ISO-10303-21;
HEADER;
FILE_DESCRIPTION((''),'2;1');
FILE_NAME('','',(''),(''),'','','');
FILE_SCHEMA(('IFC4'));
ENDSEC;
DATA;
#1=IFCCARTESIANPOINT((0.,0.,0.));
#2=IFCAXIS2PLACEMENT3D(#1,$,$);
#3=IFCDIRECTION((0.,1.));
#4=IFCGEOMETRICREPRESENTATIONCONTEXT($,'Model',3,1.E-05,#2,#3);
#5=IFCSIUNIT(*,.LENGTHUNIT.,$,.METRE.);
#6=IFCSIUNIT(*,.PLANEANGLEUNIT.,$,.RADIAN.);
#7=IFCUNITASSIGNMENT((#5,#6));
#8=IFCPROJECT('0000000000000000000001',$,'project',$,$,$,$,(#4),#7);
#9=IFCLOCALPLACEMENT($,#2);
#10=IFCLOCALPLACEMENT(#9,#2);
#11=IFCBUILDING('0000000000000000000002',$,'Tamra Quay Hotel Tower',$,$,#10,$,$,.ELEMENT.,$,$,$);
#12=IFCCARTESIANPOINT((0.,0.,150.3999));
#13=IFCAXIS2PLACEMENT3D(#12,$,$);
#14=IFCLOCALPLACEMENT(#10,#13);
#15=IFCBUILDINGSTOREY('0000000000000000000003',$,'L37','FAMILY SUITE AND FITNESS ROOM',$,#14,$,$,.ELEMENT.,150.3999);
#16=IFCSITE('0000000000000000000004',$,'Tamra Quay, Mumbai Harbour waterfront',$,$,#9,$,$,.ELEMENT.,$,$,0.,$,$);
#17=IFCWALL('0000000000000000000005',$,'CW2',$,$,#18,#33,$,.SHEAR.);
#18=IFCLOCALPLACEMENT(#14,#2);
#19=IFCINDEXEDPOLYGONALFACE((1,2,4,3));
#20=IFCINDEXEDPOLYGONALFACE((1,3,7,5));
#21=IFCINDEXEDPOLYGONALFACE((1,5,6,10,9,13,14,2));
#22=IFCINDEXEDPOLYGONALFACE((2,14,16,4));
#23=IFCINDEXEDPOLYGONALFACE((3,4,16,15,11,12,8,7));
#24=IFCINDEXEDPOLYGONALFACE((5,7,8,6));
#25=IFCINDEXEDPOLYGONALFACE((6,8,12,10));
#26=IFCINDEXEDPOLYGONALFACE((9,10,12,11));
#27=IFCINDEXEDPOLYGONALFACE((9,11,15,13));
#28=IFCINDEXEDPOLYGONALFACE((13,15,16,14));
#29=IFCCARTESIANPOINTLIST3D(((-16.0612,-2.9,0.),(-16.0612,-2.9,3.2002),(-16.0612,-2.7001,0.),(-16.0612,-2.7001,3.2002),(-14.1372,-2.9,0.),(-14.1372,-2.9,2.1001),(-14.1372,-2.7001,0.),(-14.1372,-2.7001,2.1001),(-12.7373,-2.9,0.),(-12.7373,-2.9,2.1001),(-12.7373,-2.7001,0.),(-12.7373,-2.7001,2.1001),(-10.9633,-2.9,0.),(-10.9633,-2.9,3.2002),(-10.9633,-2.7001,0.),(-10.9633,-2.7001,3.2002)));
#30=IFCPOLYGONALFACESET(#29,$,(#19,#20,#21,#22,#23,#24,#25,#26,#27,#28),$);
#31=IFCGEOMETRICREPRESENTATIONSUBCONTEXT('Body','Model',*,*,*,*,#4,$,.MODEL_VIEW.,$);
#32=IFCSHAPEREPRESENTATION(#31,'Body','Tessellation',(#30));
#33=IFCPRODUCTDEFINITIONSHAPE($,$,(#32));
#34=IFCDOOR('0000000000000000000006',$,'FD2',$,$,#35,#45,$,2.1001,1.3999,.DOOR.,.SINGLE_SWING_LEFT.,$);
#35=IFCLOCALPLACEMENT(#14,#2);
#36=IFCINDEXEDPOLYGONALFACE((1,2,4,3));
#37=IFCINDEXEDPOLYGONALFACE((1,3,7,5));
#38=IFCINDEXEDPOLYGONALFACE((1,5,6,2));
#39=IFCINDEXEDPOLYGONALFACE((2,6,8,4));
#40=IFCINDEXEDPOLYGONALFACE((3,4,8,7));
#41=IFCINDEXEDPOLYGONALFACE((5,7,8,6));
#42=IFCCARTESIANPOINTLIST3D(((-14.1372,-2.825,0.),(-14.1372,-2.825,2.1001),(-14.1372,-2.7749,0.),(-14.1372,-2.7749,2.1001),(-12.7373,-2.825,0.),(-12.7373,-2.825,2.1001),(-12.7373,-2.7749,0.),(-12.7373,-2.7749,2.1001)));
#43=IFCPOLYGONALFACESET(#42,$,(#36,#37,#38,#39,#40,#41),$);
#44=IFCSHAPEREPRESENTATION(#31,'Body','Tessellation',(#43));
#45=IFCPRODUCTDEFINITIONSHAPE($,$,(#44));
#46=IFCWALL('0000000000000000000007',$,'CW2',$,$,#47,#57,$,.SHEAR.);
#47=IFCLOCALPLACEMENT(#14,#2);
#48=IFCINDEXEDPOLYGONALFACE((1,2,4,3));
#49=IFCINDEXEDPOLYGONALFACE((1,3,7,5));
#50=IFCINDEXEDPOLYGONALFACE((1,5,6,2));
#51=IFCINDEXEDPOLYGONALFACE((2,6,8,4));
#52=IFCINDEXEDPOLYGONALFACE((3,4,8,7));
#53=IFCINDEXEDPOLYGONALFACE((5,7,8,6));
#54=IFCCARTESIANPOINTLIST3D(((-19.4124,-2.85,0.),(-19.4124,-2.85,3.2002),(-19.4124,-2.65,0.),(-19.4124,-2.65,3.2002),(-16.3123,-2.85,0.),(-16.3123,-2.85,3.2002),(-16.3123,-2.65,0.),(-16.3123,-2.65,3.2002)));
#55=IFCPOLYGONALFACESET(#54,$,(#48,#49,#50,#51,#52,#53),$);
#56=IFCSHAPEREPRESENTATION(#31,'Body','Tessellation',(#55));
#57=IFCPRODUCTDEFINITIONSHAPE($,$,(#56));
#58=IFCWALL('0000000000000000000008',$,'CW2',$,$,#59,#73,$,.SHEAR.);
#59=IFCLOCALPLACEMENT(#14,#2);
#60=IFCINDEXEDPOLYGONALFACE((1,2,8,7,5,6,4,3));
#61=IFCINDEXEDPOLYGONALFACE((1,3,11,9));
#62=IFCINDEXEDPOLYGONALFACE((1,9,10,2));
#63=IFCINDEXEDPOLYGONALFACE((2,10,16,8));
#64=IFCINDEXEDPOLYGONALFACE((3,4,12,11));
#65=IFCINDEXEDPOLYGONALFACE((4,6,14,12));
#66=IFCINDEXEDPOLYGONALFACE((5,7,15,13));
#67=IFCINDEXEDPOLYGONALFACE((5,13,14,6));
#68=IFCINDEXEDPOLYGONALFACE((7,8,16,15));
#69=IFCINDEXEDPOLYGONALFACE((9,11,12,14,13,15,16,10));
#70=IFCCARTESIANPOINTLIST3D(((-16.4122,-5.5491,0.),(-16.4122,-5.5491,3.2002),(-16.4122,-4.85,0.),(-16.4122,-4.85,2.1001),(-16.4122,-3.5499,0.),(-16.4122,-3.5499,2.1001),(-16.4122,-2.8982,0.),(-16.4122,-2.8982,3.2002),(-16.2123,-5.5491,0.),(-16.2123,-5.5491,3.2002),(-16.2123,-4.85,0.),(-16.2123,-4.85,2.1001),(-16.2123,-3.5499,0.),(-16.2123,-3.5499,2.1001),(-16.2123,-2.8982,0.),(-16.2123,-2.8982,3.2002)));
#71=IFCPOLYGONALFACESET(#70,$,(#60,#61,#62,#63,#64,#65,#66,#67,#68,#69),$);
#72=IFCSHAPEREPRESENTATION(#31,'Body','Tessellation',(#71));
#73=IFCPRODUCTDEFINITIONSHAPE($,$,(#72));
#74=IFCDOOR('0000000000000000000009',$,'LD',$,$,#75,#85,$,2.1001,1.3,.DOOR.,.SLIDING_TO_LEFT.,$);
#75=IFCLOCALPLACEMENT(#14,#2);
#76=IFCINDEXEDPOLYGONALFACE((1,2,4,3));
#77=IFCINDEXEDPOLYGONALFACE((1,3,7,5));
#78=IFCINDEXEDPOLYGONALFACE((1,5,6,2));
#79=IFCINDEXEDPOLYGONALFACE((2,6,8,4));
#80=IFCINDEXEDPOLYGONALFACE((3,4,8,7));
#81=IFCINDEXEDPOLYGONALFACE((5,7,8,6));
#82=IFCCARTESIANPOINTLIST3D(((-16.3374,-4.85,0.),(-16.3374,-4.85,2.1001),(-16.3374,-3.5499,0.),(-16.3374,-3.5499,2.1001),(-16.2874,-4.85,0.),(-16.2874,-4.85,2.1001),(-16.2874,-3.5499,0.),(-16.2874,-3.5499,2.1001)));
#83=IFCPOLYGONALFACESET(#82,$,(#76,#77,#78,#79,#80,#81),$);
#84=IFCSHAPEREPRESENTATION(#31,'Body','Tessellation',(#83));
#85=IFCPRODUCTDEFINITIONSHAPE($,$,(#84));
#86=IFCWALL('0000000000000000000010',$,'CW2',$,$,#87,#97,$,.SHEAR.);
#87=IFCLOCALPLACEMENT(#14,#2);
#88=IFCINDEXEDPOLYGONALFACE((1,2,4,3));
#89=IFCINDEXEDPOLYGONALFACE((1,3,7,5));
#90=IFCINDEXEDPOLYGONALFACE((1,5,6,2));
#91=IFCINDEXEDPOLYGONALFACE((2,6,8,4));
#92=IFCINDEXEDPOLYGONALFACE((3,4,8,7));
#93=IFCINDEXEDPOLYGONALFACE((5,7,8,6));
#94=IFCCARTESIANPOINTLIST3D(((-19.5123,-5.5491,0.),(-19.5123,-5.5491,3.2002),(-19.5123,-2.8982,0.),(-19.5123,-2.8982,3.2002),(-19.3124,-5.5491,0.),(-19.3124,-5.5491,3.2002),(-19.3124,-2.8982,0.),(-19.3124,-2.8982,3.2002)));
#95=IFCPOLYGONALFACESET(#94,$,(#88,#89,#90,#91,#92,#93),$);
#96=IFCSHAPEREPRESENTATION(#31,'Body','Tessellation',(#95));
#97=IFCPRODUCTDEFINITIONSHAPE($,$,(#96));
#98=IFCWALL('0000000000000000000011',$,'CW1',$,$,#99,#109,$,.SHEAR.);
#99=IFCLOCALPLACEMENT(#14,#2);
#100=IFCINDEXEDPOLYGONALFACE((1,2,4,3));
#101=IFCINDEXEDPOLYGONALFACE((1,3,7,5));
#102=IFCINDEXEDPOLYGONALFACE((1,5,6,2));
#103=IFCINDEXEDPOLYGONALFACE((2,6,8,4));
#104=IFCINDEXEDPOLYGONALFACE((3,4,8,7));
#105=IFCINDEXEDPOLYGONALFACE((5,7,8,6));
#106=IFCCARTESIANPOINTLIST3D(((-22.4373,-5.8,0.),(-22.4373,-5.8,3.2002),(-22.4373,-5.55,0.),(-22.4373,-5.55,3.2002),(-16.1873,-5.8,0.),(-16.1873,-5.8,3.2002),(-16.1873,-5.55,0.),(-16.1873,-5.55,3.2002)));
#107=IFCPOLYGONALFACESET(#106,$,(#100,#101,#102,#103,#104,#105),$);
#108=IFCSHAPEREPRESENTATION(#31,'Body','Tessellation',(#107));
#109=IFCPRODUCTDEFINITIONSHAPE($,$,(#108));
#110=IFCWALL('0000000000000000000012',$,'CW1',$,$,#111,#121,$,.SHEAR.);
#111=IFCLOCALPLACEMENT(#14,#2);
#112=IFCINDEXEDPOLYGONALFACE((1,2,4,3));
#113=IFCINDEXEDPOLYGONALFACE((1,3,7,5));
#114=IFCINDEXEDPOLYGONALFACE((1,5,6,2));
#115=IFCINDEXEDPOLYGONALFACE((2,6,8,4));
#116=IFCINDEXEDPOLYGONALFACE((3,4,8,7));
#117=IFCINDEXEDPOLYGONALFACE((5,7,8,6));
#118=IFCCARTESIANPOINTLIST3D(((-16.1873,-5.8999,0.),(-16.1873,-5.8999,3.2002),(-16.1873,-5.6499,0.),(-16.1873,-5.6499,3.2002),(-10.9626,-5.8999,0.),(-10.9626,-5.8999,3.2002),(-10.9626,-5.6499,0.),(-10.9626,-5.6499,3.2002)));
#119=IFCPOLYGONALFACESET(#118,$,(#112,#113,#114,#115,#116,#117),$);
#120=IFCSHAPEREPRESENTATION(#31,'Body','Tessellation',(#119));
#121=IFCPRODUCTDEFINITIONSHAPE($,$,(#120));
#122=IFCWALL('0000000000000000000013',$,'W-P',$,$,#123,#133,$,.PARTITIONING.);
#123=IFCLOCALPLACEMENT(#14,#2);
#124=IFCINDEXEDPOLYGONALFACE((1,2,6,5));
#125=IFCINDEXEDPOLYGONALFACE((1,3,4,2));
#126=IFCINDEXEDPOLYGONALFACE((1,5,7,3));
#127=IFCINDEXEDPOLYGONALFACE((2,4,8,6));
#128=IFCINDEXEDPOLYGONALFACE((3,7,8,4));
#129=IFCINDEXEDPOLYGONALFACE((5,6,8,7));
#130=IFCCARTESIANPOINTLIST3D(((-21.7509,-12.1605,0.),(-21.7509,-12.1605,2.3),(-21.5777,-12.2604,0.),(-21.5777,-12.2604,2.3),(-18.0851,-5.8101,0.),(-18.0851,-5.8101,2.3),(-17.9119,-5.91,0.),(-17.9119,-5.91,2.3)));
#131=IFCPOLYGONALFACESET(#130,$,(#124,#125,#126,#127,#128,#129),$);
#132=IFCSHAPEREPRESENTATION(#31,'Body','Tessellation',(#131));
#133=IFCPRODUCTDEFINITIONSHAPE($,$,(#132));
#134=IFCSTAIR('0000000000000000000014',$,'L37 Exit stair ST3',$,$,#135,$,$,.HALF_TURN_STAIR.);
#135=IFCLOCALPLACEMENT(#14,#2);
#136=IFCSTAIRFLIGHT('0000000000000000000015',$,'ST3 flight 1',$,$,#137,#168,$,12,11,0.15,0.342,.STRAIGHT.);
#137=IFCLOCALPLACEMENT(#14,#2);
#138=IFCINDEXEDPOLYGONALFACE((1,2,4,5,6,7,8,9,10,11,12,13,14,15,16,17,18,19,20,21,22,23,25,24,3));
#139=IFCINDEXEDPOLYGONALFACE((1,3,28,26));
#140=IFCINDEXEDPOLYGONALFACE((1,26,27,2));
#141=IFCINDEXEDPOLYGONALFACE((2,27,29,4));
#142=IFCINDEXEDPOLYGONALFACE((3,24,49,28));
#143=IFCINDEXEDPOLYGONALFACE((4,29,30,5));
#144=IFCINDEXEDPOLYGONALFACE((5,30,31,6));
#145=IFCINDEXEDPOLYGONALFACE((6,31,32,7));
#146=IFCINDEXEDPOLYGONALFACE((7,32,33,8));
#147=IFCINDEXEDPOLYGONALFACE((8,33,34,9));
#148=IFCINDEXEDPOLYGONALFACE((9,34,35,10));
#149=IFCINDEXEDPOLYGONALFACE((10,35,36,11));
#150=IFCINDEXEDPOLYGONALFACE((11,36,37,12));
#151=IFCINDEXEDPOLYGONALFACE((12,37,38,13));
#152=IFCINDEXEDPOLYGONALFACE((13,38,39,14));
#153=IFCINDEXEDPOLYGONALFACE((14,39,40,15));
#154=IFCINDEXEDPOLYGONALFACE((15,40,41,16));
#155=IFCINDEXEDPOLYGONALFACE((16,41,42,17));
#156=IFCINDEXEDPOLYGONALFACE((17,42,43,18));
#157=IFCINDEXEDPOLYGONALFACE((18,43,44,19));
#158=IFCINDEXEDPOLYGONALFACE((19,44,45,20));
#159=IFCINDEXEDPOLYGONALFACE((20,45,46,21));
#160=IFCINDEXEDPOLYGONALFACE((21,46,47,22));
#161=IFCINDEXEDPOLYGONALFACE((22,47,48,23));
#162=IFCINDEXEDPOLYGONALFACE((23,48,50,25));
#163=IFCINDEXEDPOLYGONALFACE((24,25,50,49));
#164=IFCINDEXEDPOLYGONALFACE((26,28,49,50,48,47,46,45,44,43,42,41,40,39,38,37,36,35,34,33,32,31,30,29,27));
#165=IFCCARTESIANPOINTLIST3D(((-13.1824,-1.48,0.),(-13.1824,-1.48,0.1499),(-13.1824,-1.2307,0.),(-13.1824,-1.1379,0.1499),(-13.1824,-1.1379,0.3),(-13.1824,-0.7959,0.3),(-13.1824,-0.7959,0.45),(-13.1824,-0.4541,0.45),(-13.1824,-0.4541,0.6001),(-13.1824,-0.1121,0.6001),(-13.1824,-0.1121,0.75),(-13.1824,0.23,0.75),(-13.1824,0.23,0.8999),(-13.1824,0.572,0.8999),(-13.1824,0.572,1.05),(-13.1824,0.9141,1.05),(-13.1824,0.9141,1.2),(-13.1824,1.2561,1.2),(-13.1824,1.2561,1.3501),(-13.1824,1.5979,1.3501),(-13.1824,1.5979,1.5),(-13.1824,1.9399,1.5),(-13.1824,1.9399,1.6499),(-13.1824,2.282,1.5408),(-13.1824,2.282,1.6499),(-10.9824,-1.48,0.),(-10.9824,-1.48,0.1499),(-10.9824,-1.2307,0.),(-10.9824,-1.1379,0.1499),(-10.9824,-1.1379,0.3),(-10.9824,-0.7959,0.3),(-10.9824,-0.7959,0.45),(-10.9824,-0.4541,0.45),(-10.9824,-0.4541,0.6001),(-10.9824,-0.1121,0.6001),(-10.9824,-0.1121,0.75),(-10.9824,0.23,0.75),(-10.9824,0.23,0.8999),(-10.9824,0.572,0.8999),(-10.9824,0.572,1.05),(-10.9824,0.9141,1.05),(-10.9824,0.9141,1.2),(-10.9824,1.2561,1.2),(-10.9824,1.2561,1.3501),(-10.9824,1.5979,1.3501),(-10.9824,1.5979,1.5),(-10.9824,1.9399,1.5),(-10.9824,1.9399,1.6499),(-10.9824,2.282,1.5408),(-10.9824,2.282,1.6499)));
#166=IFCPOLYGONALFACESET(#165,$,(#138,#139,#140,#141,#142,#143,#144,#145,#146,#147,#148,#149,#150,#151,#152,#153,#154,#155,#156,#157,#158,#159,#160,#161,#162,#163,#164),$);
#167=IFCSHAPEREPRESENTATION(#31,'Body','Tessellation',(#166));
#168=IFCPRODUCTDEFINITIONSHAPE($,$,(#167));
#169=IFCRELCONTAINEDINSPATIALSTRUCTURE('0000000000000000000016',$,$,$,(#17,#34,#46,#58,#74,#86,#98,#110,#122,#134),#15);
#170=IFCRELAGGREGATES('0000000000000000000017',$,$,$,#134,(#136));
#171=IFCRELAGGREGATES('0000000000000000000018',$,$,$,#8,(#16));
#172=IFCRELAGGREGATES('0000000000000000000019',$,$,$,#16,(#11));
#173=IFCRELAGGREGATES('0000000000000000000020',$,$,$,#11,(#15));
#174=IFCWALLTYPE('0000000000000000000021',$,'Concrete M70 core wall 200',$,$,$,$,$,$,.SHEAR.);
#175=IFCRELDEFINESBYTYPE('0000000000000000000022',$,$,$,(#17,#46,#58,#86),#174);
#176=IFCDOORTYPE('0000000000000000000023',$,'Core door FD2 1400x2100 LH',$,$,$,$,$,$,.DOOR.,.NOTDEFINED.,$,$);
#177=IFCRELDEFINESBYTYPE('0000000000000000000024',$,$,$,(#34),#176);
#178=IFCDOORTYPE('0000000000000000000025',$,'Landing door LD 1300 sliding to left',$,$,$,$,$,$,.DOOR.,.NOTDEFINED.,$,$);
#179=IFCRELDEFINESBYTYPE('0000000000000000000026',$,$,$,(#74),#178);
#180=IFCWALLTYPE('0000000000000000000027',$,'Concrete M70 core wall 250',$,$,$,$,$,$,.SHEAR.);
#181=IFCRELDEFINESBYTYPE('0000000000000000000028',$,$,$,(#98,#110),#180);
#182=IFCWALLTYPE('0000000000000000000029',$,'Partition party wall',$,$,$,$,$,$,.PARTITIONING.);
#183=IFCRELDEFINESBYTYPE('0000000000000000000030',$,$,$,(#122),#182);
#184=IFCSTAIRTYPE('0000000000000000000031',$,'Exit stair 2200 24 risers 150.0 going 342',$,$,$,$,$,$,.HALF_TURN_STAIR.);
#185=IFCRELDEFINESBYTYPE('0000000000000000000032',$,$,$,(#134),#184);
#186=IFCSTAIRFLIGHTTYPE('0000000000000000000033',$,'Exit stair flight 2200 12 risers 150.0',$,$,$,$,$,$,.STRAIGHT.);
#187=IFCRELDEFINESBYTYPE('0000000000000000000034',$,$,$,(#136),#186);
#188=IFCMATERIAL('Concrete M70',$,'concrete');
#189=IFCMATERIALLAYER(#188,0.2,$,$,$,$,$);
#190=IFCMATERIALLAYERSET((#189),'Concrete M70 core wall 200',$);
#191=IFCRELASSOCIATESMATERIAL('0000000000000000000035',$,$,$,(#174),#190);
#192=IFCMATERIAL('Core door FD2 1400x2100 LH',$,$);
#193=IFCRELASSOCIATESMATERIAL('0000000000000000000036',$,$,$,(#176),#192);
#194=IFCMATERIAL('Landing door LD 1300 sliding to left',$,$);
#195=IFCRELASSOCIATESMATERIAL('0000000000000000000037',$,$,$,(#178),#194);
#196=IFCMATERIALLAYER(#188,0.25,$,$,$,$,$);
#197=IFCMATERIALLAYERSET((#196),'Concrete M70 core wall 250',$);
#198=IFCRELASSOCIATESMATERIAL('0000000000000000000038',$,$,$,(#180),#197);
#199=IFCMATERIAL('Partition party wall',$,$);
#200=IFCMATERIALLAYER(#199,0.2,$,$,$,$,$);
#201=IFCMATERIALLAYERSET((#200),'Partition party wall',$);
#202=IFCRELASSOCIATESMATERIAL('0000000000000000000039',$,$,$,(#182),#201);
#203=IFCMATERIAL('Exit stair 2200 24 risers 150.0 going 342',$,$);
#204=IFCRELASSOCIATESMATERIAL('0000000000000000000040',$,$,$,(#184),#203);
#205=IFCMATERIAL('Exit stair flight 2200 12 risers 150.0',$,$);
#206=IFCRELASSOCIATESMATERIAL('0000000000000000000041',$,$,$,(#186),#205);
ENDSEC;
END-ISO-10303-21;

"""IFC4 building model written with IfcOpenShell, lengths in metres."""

from ifc_helpers import new_model, si_unit, direction, frame, frame_2d, origin, place, context, subcontext, project, spatial, polyline, rectangle, outline, extrude, material, layer, layer_set, type_object, element, fill, aggregate, save


model = new_model("IFC4")

# Units and contexts
model_context = context("Model", 3, precision=1e-05, world=origin(), true_north=direction((0.0, 1.0)))
body_context = subcontext(model_context, "Body", "Model", "MODEL_VIEW")
ifc_project = project(units=[si_unit("LENGTHUNIT", "METRE"), si_unit("PLANEANGLEUNIT", "RADIAN")], contexts=[model_context])

# Site, building, storey
site_placement = place(None, origin())
site = spatial("IfcSite", under=ifc_project, at=site_placement, Name="Tamra Quay, Mumbai Harbour waterfront", CompositionType="ELEMENT", RefElevation=0.0)
building_placement = place(site_placement, origin())
building = spatial("IfcBuilding", under=site, at=building_placement, Name="Tamra Quay Hotel Tower", CompositionType="ELEMENT")
storey_placement = place(building_placement, frame((0.0, 0.0, 150.3999)))
storey = spatial("IfcBuildingStorey", under=building, at=storey_placement, Name="L37", Description="FAMILY SUITE AND FITNESS ROOM", CompositionType="ELEMENT", Elevation=150.3999)

# Shared definitions
ifc_material_1 = material(Name="Concrete M70", Category="concrete")

# Shared definitions
ifc_layer_1 = layer(ifc_material_1, 0.2)
ifc_layer_set_1 = layer_set([ifc_layer_1], Name="Concrete M70 core wall 200")
wall_type_1 = type_object("IfcWallType", Name="Concrete M70 core wall 200", PredefinedType="SHEAR", material=ifc_layer_set_1)

# Wall, opening, door
wall_1_placement = place(storey_placement, frame((-10.9634, -2.8, 0.0), z_axis=(0.0, 0.0, 1.0), x_axis=(-1.0, 0.0, 0.0)))
wall_1 = element("IfcWall", 1, at=wall_1_placement, inside=storey, type_object=wall_type_1, Name="CW2", PredefinedType="SHEAR", context=body_context, shape_type="SweptSolid", body=[
    extrude(rectangle(XDim=5.0979, YDim=0.2, at=frame_2d((2.5488, 0.0))), origin(), (0.0, 0.0, 1.0), 3.2002),
])
opening_1_placement = place(wall_1_placement, frame((1.7739, 0.0, 0.0)))
opening_1 = element("IfcOpeningElement", 2, at=opening_1_placement, cuts=wall_1, PredefinedType="OPENING", context=body_context, shape_type="SweptSolid", body=[
    extrude(rectangle(XDim=1.3999, YDim=2.1001, at=frame_2d((0.7, 1.05))), frame((0.0, 0.1099, 0.0), z_axis=(0.0, -1.0, 0.0), x_axis=(1.0, 0.0, 0.0)), (0.0, 0.0, 1.0), 0.22),
])
ifc_material_2 = material(Name="Core door FD2 1400x2100 LH")
door_type_1 = type_object("IfcDoorType", Name="Core door FD2 1400x2100 LH", OperationType="NOTDEFINED", PredefinedType="DOOR", material=ifc_material_2)
door_1_placement = place(opening_1_placement, origin())
door_1 = element("IfcDoor", 3, at=door_1_placement, inside=storey, type_object=door_type_1, Name="FD2", OperationType="SINGLE_SWING_LEFT", OverallHeight=2.1001, OverallWidth=1.3999, PredefinedType="DOOR", context=body_context, shape_type="SweptSolid", body=[
    extrude(rectangle(XDim=1.3999, YDim=2.1001, at=frame_2d((0.7, 1.05))), frame((0.0, 0.0249, 0.0), z_axis=(0.0, -1.0, 0.0), x_axis=(1.0, 0.0, 0.0)), (0.0, 0.0, 1.0), 0.05),
])
fill(opening_1, door_1)

# Wall
wall_2_placement = place(storey_placement, frame((-19.4124, -2.75, 0.0), z_axis=(0.0, 0.0, 1.0), x_axis=(1.0, 0.0, 0.0)))
element("IfcWall", 4, at=wall_2_placement, inside=storey, type_object=wall_type_1, Name="CW2", PredefinedType="SHEAR", context=body_context, shape_type="SweptSolid", body=[
    extrude(rectangle(XDim=3.1001, YDim=0.2, at=frame_2d((1.55, 0.0))), origin(), (0.0, 0.0, 1.0), 3.2002),
])

# Wall, opening, door
wall_3_placement = place(storey_placement, frame((-16.3123, -2.8982, 0.0), z_axis=(0.0, 0.0, 1.0), x_axis=(0.0, -1.0, 0.0)))
wall_3 = element("IfcWall", 5, at=wall_3_placement, inside=storey, type_object=wall_type_1, Name="CW2", PredefinedType="SHEAR", context=body_context, shape_type="SweptSolid", body=[
    extrude(rectangle(XDim=2.6509, YDim=0.2, at=frame_2d((1.3254, 0.0))), origin(), (0.0, 0.0, 1.0), 3.2002),
])
opening_2_placement = place(wall_3_placement, frame((0.6519, 0.0, 0.0)))
opening_2 = element("IfcOpeningElement", 6, at=opening_2_placement, cuts=wall_3, PredefinedType="OPENING", context=body_context, shape_type="SweptSolid", body=[
    extrude(rectangle(XDim=1.3, YDim=2.1001, at=frame_2d((0.6499, 1.05))), frame((0.0, 0.1099, 0.0), z_axis=(0.0, -1.0, 0.0), x_axis=(1.0, 0.0, 0.0)), (0.0, 0.0, 1.0), 0.22),
])
ifc_material_3 = material(Name="Landing door LD 1300 sliding to left")
door_type_2 = type_object("IfcDoorType", Name="Landing door LD 1300 sliding to left", OperationType="NOTDEFINED", PredefinedType="DOOR", material=ifc_material_3)
door_2_placement = place(opening_2_placement, origin())
door_2 = element("IfcDoor", 7, at=door_2_placement, inside=storey, type_object=door_type_2, Name="LD", OperationType="SLIDING_TO_LEFT", OverallHeight=2.1001, OverallWidth=1.3, PredefinedType="DOOR", context=body_context, shape_type="SweptSolid", body=[
    extrude(rectangle(XDim=1.3, YDim=2.1001, at=frame_2d((0.6499, 1.05))), frame((0.0, 0.0249, 0.0), z_axis=(0.0, -1.0, 0.0), x_axis=(1.0, 0.0, 0.0)), (0.0, 0.0, 1.0), 0.05),
])
fill(opening_2, door_2)

# Walls
wall_4_placement = place(storey_placement, frame((-19.4124, -5.5491, 0.0), z_axis=(0.0, 0.0, 1.0), x_axis=(0.0, 1.0, 0.0)))
element("IfcWall", 8, at=wall_4_placement, inside=storey, type_object=wall_type_1, Name="CW2", PredefinedType="SHEAR", context=body_context, shape_type="SweptSolid", body=[
    extrude(rectangle(XDim=2.6509, YDim=0.2, at=frame_2d((1.3254, 0.0))), origin(), (0.0, 0.0, 1.0), 3.2002),
])
ifc_layer_2 = layer(ifc_material_1, 0.25)
ifc_layer_set_2 = layer_set([ifc_layer_2], Name="Concrete M70 core wall 250")
wall_type_2 = type_object("IfcWallType", Name="Concrete M70 core wall 250", PredefinedType="SHEAR", material=ifc_layer_set_2)
wall_5_placement = place(storey_placement, frame((-16.1873, -5.675, 0.0), z_axis=(0.0, 0.0, 1.0), x_axis=(-1.0, 0.0, 0.0)))
element("IfcWall", 9, at=wall_5_placement, inside=storey, type_object=wall_type_2, Name="CW1", PredefinedType="SHEAR", context=body_context, shape_type="SweptSolid", body=[
    extrude(rectangle(XDim=6.25, YDim=0.25, at=frame_2d((3.125, 0.0))), origin(), (0.0, 0.0, 1.0), 3.2002),
])
wall_6_placement = place(storey_placement, frame((-10.9626, -5.7749, 0.0), z_axis=(0.0, 0.0, 1.0), x_axis=(-1.0, 0.0, 0.0)))
element("IfcWall", 10, at=wall_6_placement, inside=storey, type_object=wall_type_2, Name="CW1", PredefinedType="SHEAR", context=body_context, shape_type="SweptSolid", body=[
    extrude(rectangle(XDim=5.2246, YDim=0.25, at=frame_2d((2.6123, 0.0))), origin(), (0.0, 0.0, 1.0), 3.2002),
])
ifc_material_4 = material(Name="Partition party wall")
ifc_layer_3 = layer(ifc_material_4, 0.2)
ifc_layer_set_3 = layer_set([ifc_layer_3], Name="Partition party wall")
wall_type_3 = type_object("IfcWallType", Name="Partition party wall", PredefinedType="PARTITIONING", material=ifc_layer_set_3)
wall_7_placement = place(storey_placement, frame((-21.6643, -12.2104, 0.0), z_axis=(0.0, 0.0, 1.0), x_axis=(0.499939, 0.866061, 0.0)))
element("IfcWall", 11, at=wall_7_placement, inside=storey, type_object=wall_type_3, Name="W-P", PredefinedType="PARTITIONING", context=body_context, shape_type="SweptSolid", body=[
    extrude(rectangle(XDim=7.3325, YDim=0.2, at=frame_2d((3.6663, 0.0))), origin(), (0.0, 0.0, 1.0), 2.3),
])

# Stair, stair flight
ifc_material_5 = material(Name="Exit stair 2200 24 risers 150.0 going 342")
stair_type = type_object("IfcStairType", Name="Exit stair 2200 24 risers 150.0 going 342", PredefinedType="HALF_TURN_STAIR", material=ifc_material_5)
stair_placement = place(storey_placement, origin())
stair = element("IfcStair", 12, at=stair_placement, inside=storey, type_object=stair_type, Name="L37 Exit stair ST3", PredefinedType="HALF_TURN_STAIR")
ifc_material_6 = material(Name="Exit stair flight 2200 12 risers 150.0")
stair_flight_type = type_object("IfcStairFlightType", Name="Exit stair flight 2200 12 risers 150.0", PredefinedType="STRAIGHT", material=ifc_material_6)
stair_flight_placement = place(storey_placement, frame((-12.0823, -1.48, 0.0), z_axis=(0.0, 0.0, 1.0), x_axis=(0.0, 1.0, 0.0)))
stair_flight = element("IfcStairFlight", 13, at=stair_flight_placement, type_object=stair_flight_type, Name="ST3 flight 1", NumberOfRisers=12, NumberOfTreads=11, PredefinedType="STRAIGHT", RiserHeight=0.15, TreadLength=0.342, context=body_context, shape_type="SweptSolid", body=[
    extrude(outline(polyline([(0.0, 0.0), (0.0, 0.1499), (0.342, 0.1499), (0.342, 0.3), (0.6841, 0.3), (0.6841, 0.45), (1.0259, 0.45), (1.0259, 0.6001), (1.3679, 0.6001), (1.3679, 0.75), (1.71, 0.75), (1.71, 0.8999), (2.052, 0.8999), (2.052, 1.05), (2.394, 1.05), (2.394, 1.2), (2.7361, 1.2), (2.7361, 1.3501), (3.0779, 1.3501), (3.0779, 1.5), (3.4199, 1.5), (3.4199, 1.6499), (3.762, 1.6499), (3.762, 1.8), (3.762, 1.5408), (0.2493, 0.0), (0.0, 0.0)])), frame((0.0, 1.1001, 0.0), z_axis=(0.0, -1.0, 0.0), x_axis=(1.0, 0.0, 0.0)), (0.0, 0.0, 1.0), 2.2),
])
aggregate(stair, [stair_flight])

save(model, "model.ifc")
